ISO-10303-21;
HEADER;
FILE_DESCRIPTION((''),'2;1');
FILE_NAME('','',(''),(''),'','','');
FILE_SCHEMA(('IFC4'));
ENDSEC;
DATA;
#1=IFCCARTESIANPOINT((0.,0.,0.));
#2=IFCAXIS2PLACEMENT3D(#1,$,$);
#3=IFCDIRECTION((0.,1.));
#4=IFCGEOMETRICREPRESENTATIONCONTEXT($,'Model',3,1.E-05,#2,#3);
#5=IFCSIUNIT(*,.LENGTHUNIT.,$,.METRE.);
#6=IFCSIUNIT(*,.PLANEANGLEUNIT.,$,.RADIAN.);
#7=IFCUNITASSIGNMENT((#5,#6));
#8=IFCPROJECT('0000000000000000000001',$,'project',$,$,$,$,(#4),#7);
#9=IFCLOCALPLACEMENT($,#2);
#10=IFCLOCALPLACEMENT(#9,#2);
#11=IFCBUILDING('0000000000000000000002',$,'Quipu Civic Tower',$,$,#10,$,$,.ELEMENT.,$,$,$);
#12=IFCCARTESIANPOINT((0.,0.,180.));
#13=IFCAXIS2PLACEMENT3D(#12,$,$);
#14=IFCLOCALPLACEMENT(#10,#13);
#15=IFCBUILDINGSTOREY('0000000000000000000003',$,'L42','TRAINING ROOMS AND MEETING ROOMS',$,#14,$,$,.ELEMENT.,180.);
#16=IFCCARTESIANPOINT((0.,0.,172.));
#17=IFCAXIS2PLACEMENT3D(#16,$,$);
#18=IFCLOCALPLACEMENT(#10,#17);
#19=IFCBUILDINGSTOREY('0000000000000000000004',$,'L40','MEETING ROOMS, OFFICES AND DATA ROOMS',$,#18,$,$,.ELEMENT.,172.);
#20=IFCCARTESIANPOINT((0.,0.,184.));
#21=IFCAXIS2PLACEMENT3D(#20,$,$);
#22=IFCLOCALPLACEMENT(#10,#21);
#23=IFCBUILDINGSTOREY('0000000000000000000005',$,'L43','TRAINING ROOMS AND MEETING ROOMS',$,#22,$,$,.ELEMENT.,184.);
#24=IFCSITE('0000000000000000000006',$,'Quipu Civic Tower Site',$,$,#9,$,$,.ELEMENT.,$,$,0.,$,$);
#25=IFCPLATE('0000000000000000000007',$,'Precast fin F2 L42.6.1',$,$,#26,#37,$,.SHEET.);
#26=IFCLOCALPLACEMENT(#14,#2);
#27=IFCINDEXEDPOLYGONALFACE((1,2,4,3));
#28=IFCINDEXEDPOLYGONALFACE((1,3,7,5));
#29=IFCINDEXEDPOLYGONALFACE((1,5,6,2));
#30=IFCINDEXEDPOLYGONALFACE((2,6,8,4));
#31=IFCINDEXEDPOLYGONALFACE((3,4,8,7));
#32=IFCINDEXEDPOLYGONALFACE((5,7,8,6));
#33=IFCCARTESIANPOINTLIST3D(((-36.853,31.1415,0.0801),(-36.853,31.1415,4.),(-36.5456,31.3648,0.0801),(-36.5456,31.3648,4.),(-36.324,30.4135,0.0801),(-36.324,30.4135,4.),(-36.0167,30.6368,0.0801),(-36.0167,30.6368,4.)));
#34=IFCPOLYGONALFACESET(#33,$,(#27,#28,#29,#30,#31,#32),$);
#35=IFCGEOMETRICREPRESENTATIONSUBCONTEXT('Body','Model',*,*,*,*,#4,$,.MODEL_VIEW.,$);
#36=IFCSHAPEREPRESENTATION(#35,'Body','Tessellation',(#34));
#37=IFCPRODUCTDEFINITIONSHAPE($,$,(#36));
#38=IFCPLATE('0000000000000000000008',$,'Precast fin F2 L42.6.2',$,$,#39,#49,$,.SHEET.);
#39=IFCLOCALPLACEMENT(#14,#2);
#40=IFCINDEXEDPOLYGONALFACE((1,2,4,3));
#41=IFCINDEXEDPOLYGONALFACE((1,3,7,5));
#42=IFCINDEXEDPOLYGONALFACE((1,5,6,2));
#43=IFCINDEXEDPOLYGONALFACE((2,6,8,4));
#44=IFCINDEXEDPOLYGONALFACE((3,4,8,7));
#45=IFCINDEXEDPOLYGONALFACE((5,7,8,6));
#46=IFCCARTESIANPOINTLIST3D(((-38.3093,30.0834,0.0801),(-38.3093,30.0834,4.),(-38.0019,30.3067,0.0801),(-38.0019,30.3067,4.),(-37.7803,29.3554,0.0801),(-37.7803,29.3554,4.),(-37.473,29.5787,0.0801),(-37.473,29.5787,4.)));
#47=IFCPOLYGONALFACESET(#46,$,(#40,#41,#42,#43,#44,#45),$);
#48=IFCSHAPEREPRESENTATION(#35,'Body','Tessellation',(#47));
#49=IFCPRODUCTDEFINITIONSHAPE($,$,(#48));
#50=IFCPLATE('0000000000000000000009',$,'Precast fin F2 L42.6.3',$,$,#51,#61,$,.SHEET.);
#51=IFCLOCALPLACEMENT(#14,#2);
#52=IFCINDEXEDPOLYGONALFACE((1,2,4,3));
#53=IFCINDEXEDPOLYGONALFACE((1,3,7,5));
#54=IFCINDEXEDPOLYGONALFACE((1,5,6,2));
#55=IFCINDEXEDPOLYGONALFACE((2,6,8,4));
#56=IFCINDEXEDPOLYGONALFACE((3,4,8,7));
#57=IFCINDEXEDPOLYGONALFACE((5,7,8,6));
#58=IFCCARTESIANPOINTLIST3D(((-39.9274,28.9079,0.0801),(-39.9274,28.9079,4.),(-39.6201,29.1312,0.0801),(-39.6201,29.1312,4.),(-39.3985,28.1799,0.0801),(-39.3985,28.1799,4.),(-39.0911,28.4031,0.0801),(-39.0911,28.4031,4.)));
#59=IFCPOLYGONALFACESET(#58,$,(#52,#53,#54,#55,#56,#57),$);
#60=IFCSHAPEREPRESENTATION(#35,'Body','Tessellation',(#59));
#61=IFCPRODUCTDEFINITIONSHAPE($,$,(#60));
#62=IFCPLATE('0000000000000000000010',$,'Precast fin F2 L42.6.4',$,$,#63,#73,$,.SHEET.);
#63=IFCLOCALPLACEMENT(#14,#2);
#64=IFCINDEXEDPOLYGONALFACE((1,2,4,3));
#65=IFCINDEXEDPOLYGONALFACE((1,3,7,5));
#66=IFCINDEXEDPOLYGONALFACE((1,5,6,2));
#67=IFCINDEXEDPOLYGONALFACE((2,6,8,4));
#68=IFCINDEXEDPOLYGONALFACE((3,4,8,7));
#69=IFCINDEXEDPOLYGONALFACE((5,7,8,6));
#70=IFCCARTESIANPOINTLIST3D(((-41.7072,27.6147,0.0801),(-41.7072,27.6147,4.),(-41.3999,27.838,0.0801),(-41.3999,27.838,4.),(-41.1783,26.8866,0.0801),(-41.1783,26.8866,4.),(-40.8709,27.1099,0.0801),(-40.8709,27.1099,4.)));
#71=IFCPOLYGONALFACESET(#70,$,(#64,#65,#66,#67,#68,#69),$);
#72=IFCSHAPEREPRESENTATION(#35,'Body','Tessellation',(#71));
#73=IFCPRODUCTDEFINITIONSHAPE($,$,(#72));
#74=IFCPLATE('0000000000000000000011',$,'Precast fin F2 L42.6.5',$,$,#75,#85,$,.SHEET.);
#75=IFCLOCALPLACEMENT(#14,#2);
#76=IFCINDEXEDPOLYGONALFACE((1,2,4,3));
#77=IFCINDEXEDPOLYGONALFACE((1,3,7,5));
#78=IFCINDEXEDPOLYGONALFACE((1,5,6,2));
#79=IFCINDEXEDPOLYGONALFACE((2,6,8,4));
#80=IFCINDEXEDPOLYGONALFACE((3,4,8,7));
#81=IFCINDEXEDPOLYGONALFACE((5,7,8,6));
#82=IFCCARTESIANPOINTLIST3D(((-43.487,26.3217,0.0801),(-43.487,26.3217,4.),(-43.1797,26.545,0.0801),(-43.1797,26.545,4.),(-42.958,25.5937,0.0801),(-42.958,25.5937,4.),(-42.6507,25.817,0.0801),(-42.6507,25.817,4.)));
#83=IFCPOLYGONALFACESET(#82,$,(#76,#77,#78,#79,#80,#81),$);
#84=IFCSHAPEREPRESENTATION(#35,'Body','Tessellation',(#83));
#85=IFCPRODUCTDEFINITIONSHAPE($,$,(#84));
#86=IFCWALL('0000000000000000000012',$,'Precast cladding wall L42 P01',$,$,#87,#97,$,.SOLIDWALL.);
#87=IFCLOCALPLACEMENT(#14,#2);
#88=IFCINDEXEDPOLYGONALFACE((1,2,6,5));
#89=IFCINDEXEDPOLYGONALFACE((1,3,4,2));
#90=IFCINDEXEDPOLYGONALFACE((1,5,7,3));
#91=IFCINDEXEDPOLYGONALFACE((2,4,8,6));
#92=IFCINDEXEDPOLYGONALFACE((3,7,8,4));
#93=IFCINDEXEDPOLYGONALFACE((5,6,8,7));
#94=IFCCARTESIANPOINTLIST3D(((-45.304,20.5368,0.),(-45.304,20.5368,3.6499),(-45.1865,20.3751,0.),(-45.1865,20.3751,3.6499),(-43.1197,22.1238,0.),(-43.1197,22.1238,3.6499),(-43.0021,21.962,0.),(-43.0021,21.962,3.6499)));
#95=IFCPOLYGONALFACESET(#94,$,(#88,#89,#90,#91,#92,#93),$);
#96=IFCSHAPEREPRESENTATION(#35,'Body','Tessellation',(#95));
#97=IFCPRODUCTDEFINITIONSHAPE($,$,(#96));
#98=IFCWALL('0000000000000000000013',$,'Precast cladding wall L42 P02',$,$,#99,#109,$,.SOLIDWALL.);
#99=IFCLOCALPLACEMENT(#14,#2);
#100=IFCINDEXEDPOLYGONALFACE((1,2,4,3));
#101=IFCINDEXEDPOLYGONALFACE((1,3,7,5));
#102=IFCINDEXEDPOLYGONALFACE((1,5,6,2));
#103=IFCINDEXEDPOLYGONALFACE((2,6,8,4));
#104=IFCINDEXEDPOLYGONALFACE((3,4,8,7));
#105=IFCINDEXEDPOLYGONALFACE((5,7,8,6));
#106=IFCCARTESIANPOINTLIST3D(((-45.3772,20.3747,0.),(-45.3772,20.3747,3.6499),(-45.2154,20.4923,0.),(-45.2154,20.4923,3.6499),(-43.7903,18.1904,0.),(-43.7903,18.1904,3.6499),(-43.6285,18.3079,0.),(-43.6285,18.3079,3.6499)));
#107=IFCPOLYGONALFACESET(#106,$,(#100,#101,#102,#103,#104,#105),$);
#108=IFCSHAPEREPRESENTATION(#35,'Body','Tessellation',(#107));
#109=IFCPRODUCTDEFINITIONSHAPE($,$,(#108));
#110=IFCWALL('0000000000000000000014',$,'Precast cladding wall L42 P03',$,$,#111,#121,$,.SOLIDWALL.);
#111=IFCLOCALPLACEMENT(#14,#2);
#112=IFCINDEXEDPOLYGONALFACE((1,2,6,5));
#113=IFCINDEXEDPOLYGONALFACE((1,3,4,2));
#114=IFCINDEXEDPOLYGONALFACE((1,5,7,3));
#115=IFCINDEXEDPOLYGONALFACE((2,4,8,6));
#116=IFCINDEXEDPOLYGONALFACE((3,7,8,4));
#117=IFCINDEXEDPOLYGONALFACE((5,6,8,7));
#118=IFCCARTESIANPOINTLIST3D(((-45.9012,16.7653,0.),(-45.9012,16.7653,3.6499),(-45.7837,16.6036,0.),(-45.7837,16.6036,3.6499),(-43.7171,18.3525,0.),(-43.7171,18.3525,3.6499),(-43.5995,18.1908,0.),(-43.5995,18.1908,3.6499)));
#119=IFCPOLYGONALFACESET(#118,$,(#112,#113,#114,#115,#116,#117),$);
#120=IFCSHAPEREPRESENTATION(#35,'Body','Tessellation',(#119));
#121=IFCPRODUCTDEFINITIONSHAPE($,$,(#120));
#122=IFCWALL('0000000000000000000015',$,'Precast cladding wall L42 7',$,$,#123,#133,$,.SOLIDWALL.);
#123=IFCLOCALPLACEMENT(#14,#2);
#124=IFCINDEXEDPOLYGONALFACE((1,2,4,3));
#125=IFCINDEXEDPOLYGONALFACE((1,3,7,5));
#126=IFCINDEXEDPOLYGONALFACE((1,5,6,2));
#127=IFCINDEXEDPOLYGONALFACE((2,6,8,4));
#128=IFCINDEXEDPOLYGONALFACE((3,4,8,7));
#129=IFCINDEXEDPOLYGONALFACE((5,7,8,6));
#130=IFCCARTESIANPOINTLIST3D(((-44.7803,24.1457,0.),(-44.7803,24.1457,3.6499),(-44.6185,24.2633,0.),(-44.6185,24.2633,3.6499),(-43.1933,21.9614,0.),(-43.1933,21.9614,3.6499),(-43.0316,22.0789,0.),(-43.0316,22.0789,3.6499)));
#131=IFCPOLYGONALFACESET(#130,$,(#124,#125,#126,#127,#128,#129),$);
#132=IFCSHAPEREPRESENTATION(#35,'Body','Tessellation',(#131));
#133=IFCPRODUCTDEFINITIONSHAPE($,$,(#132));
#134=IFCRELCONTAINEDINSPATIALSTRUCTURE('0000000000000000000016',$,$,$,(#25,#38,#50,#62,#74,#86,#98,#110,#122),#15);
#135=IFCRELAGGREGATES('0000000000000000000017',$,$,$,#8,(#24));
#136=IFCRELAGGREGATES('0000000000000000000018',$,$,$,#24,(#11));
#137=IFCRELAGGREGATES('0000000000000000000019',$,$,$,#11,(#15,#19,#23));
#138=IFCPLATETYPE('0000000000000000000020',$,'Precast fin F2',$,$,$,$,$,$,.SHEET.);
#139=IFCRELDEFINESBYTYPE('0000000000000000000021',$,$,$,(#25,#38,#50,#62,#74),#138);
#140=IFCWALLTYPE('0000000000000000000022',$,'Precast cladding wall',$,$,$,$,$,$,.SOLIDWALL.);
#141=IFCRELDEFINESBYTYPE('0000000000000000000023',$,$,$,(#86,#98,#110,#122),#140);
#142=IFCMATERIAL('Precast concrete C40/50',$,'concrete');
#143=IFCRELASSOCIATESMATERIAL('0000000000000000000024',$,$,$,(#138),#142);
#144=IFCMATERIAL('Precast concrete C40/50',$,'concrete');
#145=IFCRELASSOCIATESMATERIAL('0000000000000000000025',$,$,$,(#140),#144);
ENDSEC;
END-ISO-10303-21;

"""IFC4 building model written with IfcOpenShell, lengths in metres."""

from ifc_helpers import new_model, si_unit, direction, frame, frame_2d, origin, origin_2d, place, context, subcontext, project, spatial, rectangle, extrude, material, type_object, element, save


model = new_model("IFC4")

# Units and contexts
model_context = context("Model", 3, precision=1e-05, world=origin(), true_north=direction((0.0, 1.0)))
body_context = subcontext(model_context, "Body", "Model", "MODEL_VIEW")
ifc_project = project(units=[si_unit("LENGTHUNIT", "METRE"), si_unit("PLANEANGLEUNIT", "RADIAN")], contexts=[model_context])

# Site, building, storey
site_placement = place(None, origin())
site = spatial("IfcSite", under=ifc_project, at=site_placement, Name="Quipu Civic Tower Site", CompositionType="ELEMENT", RefElevation=0.0)
building_placement = place(site_placement, origin())
building = spatial("IfcBuilding", under=site, at=building_placement, Name="Quipu Civic Tower", CompositionType="ELEMENT")
storey_1_placement = place(building_placement, frame((0.0, 0.0, 180.0)))
storey_1 = spatial("IfcBuildingStorey", under=building, at=storey_1_placement, Name="L42", Description="TRAINING ROOMS AND MEETING ROOMS", CompositionType="ELEMENT", Elevation=180.0)

# Shared definitions
storey_2_placement = place(building_placement, frame((0.0, 0.0, 172.0)))
storey_2 = spatial("IfcBuildingStorey", under=building, at=storey_2_placement, Name="L40", Description="MEETING ROOMS, OFFICES AND DATA ROOMS", CompositionType="ELEMENT", Elevation=172.0)

# Shared definitions
storey_3_placement = place(building_placement, frame((0.0, 0.0, 184.0)))
storey_3 = spatial("IfcBuildingStorey", under=building, at=storey_3_placement, Name="L43", Description="TRAINING ROOMS AND MEETING ROOMS", CompositionType="ELEMENT", Elevation=184.0)

# Plates
ifc_material_1 = material(Name="Precast concrete C40/50", Category="concrete")
plate_type_1 = type_object("IfcPlateType", Name="Precast fin F2", PredefinedType="SHEET", material=ifc_material_1)
for number, where, z_axis, x_axis, name in (
    (1, (-36.4348, 30.8892, 0.0801), (0.0, 0.0, 1.0), (-0.809017, -0.587785, 0.0), "Precast fin F2 L42.6.1"),
    (2, (-37.8911, 29.8311, 0.0801), (0.0, 0.0, 1.0), (-0.809017, -0.587785, 0.0), "Precast fin F2 L42.6.2"),
    (3, (-39.5093, 28.6555, 0.0801), (0.0, 0.0, 1.0), (-0.809017, -0.587785, 0.0), "Precast fin F2 L42.6.3"),
    (4, (-41.2891, 27.3623, 0.0801), (0.0, 0.0, 1.0), (-0.809017, -0.587785, 0.0), "Precast fin F2 L42.6.4"),
    (5, (-43.0688, 26.0693, 0.0801), (0.0, 0.0, 1.0), (-0.809017, -0.587785, 0.0), "Precast fin F2 L42.6.5"),
):
    element("IfcPlate", number, at=place(storey_1_placement, frame(where, z_axis=z_axis, x_axis=x_axis)), inside=storey_1, type_object=plate_type_1, Name=name, PredefinedType="SHEET", context=body_context, shape_type="SweptSolid", body=[
        extrude(rectangle(XDim=0.3799, YDim=0.8999, at=origin_2d()), origin(), (0.0, 0.0, 1.0), 3.9199),
    ])

# Walls
ifc_material_2 = material(Name="Precast concrete C40/50", Category="concrete")
wall_type = type_object("IfcWallType", Name="Precast cladding wall", PredefinedType="SOLIDWALL", material=ifc_material_2)
for number, where, z_axis, x_axis, name in (
    (6, (-43.0608, 22.043, 0.0), (0.0, 0.0, 1.0), (-0.809033, -0.587763, 0.0), "Precast cladding wall L42 P01"),
    (7, (-45.2964, 20.4336, 0.0), (0.0, 0.0, 1.0), (0.587763, -0.809033, 0.0), "Precast cladding wall L42 P02"),
    (8, (-43.6582, 18.2717, 0.0), (0.0, 0.0, 1.0), (-0.808959, -0.587865, 0.0), "Precast cladding wall L42 P03"),
    (9, (-44.6995, 24.2046, 0.0), (0.0, 0.0, 1.0), (0.587763, -0.809033, 0.0), "Precast cladding wall L42 7"),
):
    element("IfcWall", number, at=place(storey_1_placement, frame(where, z_axis=z_axis, x_axis=x_axis)), inside=storey_1, type_object=wall_type, Name=name, PredefinedType="SOLIDWALL", context=body_context, shape_type="SweptSolid", body=[
        extrude(rectangle(XDim=2.7, YDim=0.2, at=frame_2d((1.3501, 0.0))), origin(), (0.0, 0.0, 1.0), 3.6499),
    ])

save(model, "model.ifc")
